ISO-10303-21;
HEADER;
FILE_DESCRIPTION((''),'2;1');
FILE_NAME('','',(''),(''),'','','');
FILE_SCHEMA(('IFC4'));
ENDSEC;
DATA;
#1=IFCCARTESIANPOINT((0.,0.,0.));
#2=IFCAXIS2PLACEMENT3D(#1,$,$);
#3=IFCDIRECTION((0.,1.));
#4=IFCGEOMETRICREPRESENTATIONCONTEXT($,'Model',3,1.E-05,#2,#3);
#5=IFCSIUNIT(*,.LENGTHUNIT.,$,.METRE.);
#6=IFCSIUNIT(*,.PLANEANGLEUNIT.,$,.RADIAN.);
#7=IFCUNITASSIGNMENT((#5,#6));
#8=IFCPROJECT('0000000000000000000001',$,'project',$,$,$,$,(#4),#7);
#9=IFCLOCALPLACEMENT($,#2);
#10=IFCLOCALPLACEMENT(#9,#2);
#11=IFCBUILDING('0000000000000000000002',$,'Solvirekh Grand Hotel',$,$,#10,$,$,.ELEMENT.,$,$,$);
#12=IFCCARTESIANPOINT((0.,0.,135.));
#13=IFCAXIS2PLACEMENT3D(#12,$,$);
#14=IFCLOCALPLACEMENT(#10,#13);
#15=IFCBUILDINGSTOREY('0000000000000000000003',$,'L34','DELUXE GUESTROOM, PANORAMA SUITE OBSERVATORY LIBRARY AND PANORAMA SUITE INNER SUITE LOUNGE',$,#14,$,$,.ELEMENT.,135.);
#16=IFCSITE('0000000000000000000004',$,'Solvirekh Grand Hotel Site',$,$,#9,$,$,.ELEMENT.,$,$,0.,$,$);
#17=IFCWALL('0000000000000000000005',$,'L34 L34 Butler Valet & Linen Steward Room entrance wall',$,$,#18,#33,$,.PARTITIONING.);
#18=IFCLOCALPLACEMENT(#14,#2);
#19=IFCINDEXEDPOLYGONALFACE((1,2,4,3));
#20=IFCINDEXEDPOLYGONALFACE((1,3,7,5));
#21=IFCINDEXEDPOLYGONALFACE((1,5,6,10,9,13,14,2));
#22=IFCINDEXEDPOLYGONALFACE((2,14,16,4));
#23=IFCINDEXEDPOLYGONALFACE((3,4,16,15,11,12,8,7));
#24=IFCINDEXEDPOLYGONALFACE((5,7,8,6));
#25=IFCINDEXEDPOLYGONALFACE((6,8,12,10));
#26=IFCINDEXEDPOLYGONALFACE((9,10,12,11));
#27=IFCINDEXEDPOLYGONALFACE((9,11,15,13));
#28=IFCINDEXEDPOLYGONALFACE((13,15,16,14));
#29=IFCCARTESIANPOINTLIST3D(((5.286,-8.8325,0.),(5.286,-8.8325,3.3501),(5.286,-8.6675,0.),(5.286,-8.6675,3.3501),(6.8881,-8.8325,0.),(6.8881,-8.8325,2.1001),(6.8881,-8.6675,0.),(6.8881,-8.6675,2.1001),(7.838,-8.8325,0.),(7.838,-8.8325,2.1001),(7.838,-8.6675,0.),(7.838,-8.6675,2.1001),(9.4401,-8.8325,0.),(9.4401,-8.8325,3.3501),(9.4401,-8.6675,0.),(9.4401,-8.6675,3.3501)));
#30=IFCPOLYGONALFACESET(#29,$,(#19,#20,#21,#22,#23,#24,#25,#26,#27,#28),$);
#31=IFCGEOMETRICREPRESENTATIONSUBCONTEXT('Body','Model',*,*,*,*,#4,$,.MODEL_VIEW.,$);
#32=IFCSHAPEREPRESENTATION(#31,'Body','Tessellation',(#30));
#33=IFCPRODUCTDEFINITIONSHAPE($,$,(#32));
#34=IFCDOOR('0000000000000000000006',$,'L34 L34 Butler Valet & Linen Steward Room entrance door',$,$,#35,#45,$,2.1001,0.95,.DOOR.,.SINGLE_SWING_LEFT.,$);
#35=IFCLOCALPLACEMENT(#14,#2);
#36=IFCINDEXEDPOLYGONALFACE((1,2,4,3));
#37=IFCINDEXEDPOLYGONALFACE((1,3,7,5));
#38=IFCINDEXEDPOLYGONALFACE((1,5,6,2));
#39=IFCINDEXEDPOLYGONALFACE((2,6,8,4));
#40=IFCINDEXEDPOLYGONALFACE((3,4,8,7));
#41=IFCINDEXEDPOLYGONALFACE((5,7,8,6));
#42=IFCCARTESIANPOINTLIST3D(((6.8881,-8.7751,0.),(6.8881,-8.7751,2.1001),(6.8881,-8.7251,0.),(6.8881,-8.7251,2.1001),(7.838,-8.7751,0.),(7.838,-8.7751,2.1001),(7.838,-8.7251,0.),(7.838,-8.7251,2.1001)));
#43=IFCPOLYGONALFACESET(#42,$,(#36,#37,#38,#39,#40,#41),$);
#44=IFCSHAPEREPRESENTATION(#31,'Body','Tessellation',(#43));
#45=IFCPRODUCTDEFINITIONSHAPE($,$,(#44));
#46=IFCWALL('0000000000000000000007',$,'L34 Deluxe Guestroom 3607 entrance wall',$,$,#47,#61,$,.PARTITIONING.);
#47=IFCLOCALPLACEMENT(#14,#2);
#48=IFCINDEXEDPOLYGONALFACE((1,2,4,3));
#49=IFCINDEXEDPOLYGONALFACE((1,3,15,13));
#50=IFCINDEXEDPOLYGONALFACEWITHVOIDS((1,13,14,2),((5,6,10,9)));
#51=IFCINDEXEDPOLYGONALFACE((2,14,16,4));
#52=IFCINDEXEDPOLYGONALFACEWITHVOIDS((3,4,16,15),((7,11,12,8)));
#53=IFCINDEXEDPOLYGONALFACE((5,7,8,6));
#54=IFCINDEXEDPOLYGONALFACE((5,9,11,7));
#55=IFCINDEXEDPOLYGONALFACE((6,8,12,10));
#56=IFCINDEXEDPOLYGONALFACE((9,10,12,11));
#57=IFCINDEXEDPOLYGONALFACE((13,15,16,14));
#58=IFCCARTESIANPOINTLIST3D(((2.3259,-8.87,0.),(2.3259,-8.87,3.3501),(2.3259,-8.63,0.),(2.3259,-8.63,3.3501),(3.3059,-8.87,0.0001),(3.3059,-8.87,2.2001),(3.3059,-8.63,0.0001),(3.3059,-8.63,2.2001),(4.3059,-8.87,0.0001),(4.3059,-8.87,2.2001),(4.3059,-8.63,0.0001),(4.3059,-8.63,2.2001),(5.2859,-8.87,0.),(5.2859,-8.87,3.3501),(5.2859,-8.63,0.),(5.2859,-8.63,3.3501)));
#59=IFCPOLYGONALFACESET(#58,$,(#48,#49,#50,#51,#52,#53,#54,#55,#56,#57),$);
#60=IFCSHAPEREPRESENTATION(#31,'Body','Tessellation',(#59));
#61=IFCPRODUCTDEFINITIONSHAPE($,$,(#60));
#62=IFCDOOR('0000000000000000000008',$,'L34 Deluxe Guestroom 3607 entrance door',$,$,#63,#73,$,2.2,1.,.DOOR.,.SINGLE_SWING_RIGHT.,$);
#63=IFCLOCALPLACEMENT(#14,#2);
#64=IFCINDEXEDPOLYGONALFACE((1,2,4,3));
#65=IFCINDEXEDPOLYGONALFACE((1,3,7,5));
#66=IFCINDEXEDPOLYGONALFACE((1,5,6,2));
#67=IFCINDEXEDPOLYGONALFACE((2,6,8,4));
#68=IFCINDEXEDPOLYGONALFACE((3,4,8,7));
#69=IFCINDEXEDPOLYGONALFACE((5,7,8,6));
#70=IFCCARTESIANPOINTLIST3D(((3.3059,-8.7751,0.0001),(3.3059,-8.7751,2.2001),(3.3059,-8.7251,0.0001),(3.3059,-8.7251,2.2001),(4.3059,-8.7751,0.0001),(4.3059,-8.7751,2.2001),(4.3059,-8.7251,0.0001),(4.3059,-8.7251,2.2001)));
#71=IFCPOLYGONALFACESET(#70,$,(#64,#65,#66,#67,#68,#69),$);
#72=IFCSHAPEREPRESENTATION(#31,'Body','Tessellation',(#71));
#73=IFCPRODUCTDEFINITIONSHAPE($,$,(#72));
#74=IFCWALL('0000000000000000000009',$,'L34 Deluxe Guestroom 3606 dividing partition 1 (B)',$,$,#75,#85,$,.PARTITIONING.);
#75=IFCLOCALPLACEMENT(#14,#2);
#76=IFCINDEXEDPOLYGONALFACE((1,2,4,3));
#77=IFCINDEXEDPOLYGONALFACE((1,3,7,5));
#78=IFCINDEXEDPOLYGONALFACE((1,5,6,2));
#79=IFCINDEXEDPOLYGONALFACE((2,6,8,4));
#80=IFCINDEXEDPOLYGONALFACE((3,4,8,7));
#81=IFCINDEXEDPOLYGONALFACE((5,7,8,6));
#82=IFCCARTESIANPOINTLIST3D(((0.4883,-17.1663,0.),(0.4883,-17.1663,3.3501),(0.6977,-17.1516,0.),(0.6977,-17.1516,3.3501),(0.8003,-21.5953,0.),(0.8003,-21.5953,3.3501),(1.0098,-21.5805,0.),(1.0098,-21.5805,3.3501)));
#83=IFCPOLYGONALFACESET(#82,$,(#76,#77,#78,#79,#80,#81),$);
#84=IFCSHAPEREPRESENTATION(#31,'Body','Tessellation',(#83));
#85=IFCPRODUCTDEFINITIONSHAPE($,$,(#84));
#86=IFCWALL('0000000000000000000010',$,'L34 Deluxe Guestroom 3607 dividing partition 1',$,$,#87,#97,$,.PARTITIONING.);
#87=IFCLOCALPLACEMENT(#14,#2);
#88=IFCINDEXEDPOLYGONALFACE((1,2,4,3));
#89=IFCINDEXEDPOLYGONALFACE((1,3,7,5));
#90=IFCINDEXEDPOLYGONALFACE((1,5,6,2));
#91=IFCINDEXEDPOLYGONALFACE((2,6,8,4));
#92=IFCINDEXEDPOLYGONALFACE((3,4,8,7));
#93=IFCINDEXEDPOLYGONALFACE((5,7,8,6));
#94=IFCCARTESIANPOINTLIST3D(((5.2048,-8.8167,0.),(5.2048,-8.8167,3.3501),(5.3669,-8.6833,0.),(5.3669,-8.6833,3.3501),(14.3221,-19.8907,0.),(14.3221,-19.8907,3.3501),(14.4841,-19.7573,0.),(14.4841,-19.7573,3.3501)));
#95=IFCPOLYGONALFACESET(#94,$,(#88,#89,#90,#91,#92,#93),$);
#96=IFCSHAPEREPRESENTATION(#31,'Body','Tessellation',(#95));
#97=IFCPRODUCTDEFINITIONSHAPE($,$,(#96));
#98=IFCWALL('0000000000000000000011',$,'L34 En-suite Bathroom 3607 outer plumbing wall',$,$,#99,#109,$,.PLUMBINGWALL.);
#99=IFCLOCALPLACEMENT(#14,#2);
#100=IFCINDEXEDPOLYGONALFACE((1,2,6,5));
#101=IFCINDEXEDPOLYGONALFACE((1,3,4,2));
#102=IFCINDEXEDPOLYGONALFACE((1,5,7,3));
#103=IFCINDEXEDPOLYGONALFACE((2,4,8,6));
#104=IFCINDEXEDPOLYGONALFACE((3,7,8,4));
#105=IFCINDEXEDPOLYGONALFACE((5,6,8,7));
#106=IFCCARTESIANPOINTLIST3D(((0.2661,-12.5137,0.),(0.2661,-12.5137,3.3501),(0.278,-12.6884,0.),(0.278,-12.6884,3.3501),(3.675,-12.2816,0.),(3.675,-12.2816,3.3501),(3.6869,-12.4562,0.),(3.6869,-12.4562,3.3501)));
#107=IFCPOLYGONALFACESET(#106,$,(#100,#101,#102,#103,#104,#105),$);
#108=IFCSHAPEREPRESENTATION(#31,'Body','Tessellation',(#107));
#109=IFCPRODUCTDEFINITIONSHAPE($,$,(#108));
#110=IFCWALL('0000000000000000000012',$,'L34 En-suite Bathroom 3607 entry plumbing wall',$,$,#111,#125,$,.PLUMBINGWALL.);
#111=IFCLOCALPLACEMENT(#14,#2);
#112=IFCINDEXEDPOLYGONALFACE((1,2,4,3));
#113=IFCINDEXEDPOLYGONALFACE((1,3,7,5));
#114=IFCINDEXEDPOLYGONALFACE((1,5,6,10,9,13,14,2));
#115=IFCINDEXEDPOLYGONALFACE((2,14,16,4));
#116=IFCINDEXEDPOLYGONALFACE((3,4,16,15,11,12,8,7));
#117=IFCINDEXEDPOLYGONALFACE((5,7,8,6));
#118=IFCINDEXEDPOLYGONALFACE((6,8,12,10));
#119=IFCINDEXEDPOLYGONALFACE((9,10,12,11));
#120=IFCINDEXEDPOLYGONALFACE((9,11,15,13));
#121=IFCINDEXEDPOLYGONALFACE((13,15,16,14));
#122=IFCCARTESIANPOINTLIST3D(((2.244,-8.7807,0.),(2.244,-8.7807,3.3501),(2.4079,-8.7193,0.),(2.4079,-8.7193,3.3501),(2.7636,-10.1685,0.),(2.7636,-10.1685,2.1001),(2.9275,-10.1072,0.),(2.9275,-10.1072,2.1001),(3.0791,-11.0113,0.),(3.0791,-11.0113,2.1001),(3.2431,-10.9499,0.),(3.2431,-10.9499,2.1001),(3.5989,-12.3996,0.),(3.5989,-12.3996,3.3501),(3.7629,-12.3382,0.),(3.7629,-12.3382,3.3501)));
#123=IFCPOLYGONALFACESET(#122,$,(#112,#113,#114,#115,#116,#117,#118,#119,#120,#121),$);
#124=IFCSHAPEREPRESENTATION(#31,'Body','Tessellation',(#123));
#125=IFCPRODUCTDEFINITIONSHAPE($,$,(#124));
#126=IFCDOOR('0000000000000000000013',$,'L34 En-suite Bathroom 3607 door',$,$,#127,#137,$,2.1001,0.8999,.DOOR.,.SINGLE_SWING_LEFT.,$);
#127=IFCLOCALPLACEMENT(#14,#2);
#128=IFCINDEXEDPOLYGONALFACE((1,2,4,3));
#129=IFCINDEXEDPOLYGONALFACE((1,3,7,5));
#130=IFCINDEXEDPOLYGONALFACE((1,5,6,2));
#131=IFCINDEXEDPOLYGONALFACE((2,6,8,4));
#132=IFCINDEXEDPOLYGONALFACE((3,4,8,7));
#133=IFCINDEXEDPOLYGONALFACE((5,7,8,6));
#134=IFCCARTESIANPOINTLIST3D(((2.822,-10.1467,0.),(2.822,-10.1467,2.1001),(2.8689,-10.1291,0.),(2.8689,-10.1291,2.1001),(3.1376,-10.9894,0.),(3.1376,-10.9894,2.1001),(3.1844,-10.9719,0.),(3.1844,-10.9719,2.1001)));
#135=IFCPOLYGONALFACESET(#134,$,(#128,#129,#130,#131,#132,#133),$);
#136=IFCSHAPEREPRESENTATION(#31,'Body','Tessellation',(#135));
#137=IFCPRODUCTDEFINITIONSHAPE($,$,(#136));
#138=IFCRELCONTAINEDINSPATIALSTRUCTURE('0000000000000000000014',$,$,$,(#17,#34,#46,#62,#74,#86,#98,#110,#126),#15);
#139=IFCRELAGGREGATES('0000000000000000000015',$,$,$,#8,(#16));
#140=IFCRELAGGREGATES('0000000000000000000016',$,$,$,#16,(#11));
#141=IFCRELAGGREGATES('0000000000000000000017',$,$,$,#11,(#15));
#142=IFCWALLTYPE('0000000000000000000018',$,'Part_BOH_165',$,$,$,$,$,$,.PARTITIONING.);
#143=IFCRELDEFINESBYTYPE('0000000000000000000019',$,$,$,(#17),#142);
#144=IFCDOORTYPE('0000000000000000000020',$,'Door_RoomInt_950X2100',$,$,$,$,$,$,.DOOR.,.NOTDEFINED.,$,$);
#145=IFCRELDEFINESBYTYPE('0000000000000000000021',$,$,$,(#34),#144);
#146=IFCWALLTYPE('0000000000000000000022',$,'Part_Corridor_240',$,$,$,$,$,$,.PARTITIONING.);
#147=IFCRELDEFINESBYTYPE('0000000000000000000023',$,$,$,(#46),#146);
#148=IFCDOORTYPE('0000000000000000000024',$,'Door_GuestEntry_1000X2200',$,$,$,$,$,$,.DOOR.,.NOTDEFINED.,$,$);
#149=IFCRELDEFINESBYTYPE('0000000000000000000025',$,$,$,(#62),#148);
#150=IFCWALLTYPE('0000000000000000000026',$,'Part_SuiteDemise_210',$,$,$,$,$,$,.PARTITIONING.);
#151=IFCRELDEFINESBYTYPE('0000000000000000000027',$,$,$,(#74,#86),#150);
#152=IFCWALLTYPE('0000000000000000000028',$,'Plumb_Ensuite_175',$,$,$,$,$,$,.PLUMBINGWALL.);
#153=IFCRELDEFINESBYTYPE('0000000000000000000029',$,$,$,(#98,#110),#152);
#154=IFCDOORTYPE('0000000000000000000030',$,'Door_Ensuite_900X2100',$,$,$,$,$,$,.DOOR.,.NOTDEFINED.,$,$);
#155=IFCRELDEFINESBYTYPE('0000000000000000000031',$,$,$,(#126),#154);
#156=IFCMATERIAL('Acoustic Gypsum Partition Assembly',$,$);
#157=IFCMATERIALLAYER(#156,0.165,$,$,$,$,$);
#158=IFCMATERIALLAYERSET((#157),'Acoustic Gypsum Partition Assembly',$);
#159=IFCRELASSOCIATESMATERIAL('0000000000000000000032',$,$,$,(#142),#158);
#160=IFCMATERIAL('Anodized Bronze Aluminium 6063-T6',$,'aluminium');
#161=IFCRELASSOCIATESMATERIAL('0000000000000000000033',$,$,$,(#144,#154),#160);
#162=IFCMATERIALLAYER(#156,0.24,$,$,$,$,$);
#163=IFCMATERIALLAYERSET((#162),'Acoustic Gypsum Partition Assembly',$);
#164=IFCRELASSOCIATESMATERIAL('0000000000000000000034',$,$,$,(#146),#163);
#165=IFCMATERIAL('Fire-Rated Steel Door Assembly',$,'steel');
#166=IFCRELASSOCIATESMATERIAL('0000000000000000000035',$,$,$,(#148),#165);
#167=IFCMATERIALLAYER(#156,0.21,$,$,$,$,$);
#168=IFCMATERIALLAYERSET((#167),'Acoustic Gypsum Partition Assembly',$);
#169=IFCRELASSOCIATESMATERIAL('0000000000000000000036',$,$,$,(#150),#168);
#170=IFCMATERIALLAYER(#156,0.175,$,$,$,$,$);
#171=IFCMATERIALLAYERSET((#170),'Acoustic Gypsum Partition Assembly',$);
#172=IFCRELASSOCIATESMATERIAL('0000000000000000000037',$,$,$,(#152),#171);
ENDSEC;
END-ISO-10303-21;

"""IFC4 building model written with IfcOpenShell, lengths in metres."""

from ifc_helpers import new_model, si_unit, direction, frame, frame_2d, origin, place, context, subcontext, project, spatial, rectangle, extrude, material, layer, layer_set, type_object, element, fill, save


model = new_model("IFC4")

# Units and contexts
model_context = context("Model", 3, precision=1e-05, world=origin(), true_north=direction((0.0, 1.0)))
body_context = subcontext(model_context, "Body", "Model", "MODEL_VIEW")
ifc_project = project(units=[si_unit("LENGTHUNIT", "METRE"), si_unit("PLANEANGLEUNIT", "RADIAN")], contexts=[model_context])

# Site, building, storey
site_placement = place(None, origin())
site = spatial("IfcSite", under=ifc_project, at=site_placement, Name="Solvirekh Grand Hotel Site", CompositionType="ELEMENT", RefElevation=0.0)
building_placement = place(site_placement, origin())
building = spatial("IfcBuilding", under=site, at=building_placement, Name="Solvirekh Grand Hotel", CompositionType="ELEMENT")
storey_placement = place(building_placement, frame((0.0, 0.0, 135.0)))
storey = spatial("IfcBuildingStorey", under=building, at=storey_placement, Name="L34", Description="DELUXE GUESTROOM, PANORAMA SUITE OBSERVATORY LIBRARY AND PANORAMA SUITE INNER SUITE LOUNGE", CompositionType="ELEMENT", Elevation=135.0)

# Shared definitions
ifc_material_1 = material(Name="Anodized Bronze Aluminium 6063-T6", Category="aluminium")

# Walls, openings, doors
ifc_material_2 = material(Name="Acoustic Gypsum Partition Assembly")
ifc_layer_1 = layer(ifc_material_2, 0.165)
ifc_layer_set_1 = layer_set([ifc_layer_1], Name="Acoustic Gypsum Partition Assembly")
wall_type_1 = type_object("IfcWallType", Name="Part_BOH_165", PredefinedType="PARTITIONING", material=ifc_layer_set_1)
wall_1_placement = place(storey_placement, frame((5.2859, -8.75, 0.0), z_axis=(0.0, 0.0, 1.0), x_axis=(1.0, 0.0, 0.0)))
wall_1 = element("IfcWall", 1, at=wall_1_placement, inside=storey, type_object=wall_type_1, Name="L34 L34 Butler Valet & Linen Steward Room entrance wall", PredefinedType="PARTITIONING", context=body_context, shape_type="SweptSolid", body=[
    extrude(rectangle(XDim=4.1541, YDim=0.165, at=frame_2d((2.0771, 0.0))), origin(), (0.0, 0.0, 1.0), 3.3501),
])
opening_1_placement = place(wall_1_placement, frame((1.6021, 0.0, 0.0)))
opening_1 = element("IfcOpeningElement", 2, at=opening_1_placement, cuts=wall_1, PredefinedType="OPENING", context=body_context, shape_type="SweptSolid", body=[
    extrude(rectangle(XDim=0.95, YDim=2.1001, at=frame_2d((0.4751, 1.05))), frame((0.0, 0.0925, 0.0), z_axis=(0.0, -1.0, 0.0), x_axis=(1.0, 0.0, 0.0)), (0.0, 0.0, 1.0), 0.1851),
])
door_type_1 = type_object("IfcDoorType", Name="Door_RoomInt_950X2100", OperationType="NOTDEFINED", PredefinedType="DOOR", material=ifc_material_1)
door_1_placement = place(opening_1_placement, origin())
door_1 = element("IfcDoor", 3, at=door_1_placement, inside=storey, type_object=door_type_1, Name="L34 L34 Butler Valet & Linen Steward Room entrance door", OperationType="SINGLE_SWING_LEFT", OverallHeight=2.1001, OverallWidth=0.95, PredefinedType="DOOR", context=body_context, shape_type="SweptSolid", body=[
    extrude(rectangle(XDim=0.95, YDim=2.1001, at=frame_2d((0.4751, 1.05))), frame((0.0, 0.0249, 0.0), z_axis=(0.0, -1.0, 0.0), x_axis=(1.0, 0.0, 0.0)), (0.0, 0.0, 1.0), 0.05),
])
fill(opening_1, door_1)
ifc_layer_2 = layer(ifc_material_2, 0.24)
ifc_layer_set_2 = layer_set([ifc_layer_2], Name="Acoustic Gypsum Partition Assembly")
wall_type_2 = type_object("IfcWallType", Name="Part_Corridor_240", PredefinedType="PARTITIONING", material=ifc_layer_set_2)
wall_2_placement = place(storey_placement, frame((2.3259, -8.75, 0.0), z_axis=(0.0, 0.0, 1.0), x_axis=(1.0, 0.0, 0.0)))
wall_2 = element("IfcWall", 4, at=wall_2_placement, inside=storey, type_object=wall_type_2, Name="L34 Deluxe Guestroom 3607 entrance wall", PredefinedType="PARTITIONING", context=body_context, shape_type="SweptSolid", body=[
    extrude(rectangle(XDim=2.96, YDim=0.24, at=frame_2d((1.48, 0.0))), origin(), (0.0, 0.0, 1.0), 3.3501),
])
opening_2_placement = place(wall_2_placement, frame((0.98, 0.0, 0.0)))
opening_2 = element("IfcOpeningElement", 5, at=opening_2_placement, cuts=wall_2, PredefinedType="OPENING", context=body_context, shape_type="SweptSolid", body=[
    extrude(rectangle(XDim=1.0, YDim=2.2, at=frame_2d((0.5, 1.1001))), frame((0.0, 0.1299, 0.0), z_axis=(0.0, -1.0, 0.0), x_axis=(1.0, 0.0, 0.0)), (0.0, 0.0, 1.0), 0.26),
])
ifc_material_3 = material(Name="Fire-Rated Steel Door Assembly", Category="steel")
door_type_2 = type_object("IfcDoorType", Name="Door_GuestEntry_1000X2200", OperationType="NOTDEFINED", PredefinedType="DOOR", material=ifc_material_3)
door_2_placement = place(opening_2_placement, origin())
door_2 = element("IfcDoor", 6, at=door_2_placement, inside=storey, type_object=door_type_2, Name="L34 Deluxe Guestroom 3607 entrance door", OperationType="SINGLE_SWING_RIGHT", OverallHeight=2.2, OverallWidth=1.0, PredefinedType="DOOR", context=body_context, shape_type="SweptSolid", body=[
    extrude(rectangle(XDim=1.0, YDim=2.2, at=frame_2d((0.5, 1.1001))), frame((0.0, 0.0249, 0.0), z_axis=(0.0, -1.0, 0.0), x_axis=(1.0, 0.0, 0.0)), (0.0, 0.0, 1.0), 0.05),
])
fill(opening_2, door_2)

# Walls
ifc_layer_3 = layer(ifc_material_2, 0.21)
ifc_layer_set_3 = layer_set([ifc_layer_3], Name="Acoustic Gypsum Partition Assembly")
wall_type_3 = type_object("IfcWallType", Name="Part_SuiteDemise_210", PredefinedType="PARTITIONING", material=ifc_layer_set_3)
wall_3_placement = place(storey_placement, frame((0.593, -17.1589, 0.0), z_axis=(0.0, 0.0, 1.0), x_axis=(0.070274, -0.997528, 0.0)))
element("IfcWall", 7, at=wall_3_placement, inside=storey, type_object=wall_type_3, Name="L34 Deluxe Guestroom 3606 dividing partition 1 (B)", PredefinedType="PARTITIONING", context=body_context, shape_type="SweptSolid", body=[
    extrude(rectangle(XDim=4.4399, YDim=0.21, at=frame_2d((2.22, 0.0))), origin(), (0.0, 0.0, 1.0), 3.3501),
])
wall_4_placement = place(storey_placement, frame((5.2859, -8.75, 0.0), z_axis=(0.0, 0.0, 1.0), x_axis=(0.635601, -0.772018, 0.0)))
element("IfcWall", 8, at=wall_4_placement, inside=storey, type_object=wall_type_3, Name="L34 Deluxe Guestroom 3607 dividing partition 1", PredefinedType="PARTITIONING", context=body_context, shape_type="SweptSolid", body=[
    extrude(rectangle(XDim=14.3442, YDim=0.21, at=frame_2d((7.1721, 0.0))), origin(), (0.0, 0.0, 1.0), 3.3501),
])
ifc_layer_4 = layer(ifc_material_2, 0.175)
ifc_layer_set_4 = layer_set([ifc_layer_4], Name="Acoustic Gypsum Partition Assembly")
wall_type_4 = type_object("IfcWallType", Name="Plumb_Ensuite_175", PredefinedType="PLUMBINGWALL", material=ifc_layer_set_4)
wall_5_placement = place(storey_placement, frame((0.272, -12.6011, 0.0), z_axis=(0.0, 0.0, 1.0), x_axis=(0.997689, 0.067951, 0.0)))
element("IfcWall", 9, at=wall_5_placement, inside=storey, type_object=wall_type_4, Name="L34 En-suite Bathroom 3607 outer plumbing wall", PredefinedType="PLUMBINGWALL", context=body_context, shape_type="SweptSolid", body=[
    extrude(rectangle(XDim=3.4167, YDim=0.175, at=frame_2d((1.7085, 0.0))), origin(), (0.0, 0.0, 1.0), 3.3501),
])

# Wall, opening, door
wall_6_placement = place(storey_placement, frame((2.3259, -8.75, 0.0), z_axis=(0.0, 0.0, 1.0), x_axis=(0.350646, -0.936508, 0.0)))
wall_6 = element("IfcWall", 10, at=wall_6_placement, inside=storey, type_object=wall_type_4, Name="L34 En-suite Bathroom 3607 entry plumbing wall", PredefinedType="PLUMBINGWALL", context=body_context, shape_type="SweptSolid", body=[
    extrude(rectangle(XDim=3.8643, YDim=0.175, at=frame_2d((1.9321, 0.0))), origin(), (0.0, 0.0, 1.0), 3.3501),
])
opening_3_placement = place(wall_6_placement, frame((1.4819, 0.0, 0.0)))
opening_3 = element("IfcOpeningElement", 11, at=opening_3_placement, cuts=wall_6, PredefinedType="OPENING", context=body_context, shape_type="SweptSolid", body=[
    extrude(rectangle(XDim=0.8999, YDim=2.1001, at=frame_2d((0.45, 1.05))), frame((0.0, 0.0977, 0.0), z_axis=(0.0, -1.0, 0.0), x_axis=(1.0, 0.0, 0.0)), (0.0, 0.0, 1.0), 0.1951),
])
door_type_3 = type_object("IfcDoorType", Name="Door_Ensuite_900X2100", OperationType="NOTDEFINED", PredefinedType="DOOR", material=ifc_material_1)
door_3_placement = place(opening_3_placement, origin())
door_3 = element("IfcDoor", 12, at=door_3_placement, inside=storey, type_object=door_type_3, Name="L34 En-suite Bathroom 3607 door", OperationType="SINGLE_SWING_LEFT", OverallHeight=2.1001, OverallWidth=0.8999, PredefinedType="DOOR", context=body_context, shape_type="SweptSolid", body=[
    extrude(rectangle(XDim=0.8999, YDim=2.1001, at=frame_2d((0.45, 1.05))), frame((0.0, 0.0249, 0.0), z_axis=(0.0, -1.0, 0.0), x_axis=(1.0, 0.0, 0.0)), (0.0, 0.0, 1.0), 0.05),
])
fill(opening_3, door_3)

save(model, "model.ifc")
